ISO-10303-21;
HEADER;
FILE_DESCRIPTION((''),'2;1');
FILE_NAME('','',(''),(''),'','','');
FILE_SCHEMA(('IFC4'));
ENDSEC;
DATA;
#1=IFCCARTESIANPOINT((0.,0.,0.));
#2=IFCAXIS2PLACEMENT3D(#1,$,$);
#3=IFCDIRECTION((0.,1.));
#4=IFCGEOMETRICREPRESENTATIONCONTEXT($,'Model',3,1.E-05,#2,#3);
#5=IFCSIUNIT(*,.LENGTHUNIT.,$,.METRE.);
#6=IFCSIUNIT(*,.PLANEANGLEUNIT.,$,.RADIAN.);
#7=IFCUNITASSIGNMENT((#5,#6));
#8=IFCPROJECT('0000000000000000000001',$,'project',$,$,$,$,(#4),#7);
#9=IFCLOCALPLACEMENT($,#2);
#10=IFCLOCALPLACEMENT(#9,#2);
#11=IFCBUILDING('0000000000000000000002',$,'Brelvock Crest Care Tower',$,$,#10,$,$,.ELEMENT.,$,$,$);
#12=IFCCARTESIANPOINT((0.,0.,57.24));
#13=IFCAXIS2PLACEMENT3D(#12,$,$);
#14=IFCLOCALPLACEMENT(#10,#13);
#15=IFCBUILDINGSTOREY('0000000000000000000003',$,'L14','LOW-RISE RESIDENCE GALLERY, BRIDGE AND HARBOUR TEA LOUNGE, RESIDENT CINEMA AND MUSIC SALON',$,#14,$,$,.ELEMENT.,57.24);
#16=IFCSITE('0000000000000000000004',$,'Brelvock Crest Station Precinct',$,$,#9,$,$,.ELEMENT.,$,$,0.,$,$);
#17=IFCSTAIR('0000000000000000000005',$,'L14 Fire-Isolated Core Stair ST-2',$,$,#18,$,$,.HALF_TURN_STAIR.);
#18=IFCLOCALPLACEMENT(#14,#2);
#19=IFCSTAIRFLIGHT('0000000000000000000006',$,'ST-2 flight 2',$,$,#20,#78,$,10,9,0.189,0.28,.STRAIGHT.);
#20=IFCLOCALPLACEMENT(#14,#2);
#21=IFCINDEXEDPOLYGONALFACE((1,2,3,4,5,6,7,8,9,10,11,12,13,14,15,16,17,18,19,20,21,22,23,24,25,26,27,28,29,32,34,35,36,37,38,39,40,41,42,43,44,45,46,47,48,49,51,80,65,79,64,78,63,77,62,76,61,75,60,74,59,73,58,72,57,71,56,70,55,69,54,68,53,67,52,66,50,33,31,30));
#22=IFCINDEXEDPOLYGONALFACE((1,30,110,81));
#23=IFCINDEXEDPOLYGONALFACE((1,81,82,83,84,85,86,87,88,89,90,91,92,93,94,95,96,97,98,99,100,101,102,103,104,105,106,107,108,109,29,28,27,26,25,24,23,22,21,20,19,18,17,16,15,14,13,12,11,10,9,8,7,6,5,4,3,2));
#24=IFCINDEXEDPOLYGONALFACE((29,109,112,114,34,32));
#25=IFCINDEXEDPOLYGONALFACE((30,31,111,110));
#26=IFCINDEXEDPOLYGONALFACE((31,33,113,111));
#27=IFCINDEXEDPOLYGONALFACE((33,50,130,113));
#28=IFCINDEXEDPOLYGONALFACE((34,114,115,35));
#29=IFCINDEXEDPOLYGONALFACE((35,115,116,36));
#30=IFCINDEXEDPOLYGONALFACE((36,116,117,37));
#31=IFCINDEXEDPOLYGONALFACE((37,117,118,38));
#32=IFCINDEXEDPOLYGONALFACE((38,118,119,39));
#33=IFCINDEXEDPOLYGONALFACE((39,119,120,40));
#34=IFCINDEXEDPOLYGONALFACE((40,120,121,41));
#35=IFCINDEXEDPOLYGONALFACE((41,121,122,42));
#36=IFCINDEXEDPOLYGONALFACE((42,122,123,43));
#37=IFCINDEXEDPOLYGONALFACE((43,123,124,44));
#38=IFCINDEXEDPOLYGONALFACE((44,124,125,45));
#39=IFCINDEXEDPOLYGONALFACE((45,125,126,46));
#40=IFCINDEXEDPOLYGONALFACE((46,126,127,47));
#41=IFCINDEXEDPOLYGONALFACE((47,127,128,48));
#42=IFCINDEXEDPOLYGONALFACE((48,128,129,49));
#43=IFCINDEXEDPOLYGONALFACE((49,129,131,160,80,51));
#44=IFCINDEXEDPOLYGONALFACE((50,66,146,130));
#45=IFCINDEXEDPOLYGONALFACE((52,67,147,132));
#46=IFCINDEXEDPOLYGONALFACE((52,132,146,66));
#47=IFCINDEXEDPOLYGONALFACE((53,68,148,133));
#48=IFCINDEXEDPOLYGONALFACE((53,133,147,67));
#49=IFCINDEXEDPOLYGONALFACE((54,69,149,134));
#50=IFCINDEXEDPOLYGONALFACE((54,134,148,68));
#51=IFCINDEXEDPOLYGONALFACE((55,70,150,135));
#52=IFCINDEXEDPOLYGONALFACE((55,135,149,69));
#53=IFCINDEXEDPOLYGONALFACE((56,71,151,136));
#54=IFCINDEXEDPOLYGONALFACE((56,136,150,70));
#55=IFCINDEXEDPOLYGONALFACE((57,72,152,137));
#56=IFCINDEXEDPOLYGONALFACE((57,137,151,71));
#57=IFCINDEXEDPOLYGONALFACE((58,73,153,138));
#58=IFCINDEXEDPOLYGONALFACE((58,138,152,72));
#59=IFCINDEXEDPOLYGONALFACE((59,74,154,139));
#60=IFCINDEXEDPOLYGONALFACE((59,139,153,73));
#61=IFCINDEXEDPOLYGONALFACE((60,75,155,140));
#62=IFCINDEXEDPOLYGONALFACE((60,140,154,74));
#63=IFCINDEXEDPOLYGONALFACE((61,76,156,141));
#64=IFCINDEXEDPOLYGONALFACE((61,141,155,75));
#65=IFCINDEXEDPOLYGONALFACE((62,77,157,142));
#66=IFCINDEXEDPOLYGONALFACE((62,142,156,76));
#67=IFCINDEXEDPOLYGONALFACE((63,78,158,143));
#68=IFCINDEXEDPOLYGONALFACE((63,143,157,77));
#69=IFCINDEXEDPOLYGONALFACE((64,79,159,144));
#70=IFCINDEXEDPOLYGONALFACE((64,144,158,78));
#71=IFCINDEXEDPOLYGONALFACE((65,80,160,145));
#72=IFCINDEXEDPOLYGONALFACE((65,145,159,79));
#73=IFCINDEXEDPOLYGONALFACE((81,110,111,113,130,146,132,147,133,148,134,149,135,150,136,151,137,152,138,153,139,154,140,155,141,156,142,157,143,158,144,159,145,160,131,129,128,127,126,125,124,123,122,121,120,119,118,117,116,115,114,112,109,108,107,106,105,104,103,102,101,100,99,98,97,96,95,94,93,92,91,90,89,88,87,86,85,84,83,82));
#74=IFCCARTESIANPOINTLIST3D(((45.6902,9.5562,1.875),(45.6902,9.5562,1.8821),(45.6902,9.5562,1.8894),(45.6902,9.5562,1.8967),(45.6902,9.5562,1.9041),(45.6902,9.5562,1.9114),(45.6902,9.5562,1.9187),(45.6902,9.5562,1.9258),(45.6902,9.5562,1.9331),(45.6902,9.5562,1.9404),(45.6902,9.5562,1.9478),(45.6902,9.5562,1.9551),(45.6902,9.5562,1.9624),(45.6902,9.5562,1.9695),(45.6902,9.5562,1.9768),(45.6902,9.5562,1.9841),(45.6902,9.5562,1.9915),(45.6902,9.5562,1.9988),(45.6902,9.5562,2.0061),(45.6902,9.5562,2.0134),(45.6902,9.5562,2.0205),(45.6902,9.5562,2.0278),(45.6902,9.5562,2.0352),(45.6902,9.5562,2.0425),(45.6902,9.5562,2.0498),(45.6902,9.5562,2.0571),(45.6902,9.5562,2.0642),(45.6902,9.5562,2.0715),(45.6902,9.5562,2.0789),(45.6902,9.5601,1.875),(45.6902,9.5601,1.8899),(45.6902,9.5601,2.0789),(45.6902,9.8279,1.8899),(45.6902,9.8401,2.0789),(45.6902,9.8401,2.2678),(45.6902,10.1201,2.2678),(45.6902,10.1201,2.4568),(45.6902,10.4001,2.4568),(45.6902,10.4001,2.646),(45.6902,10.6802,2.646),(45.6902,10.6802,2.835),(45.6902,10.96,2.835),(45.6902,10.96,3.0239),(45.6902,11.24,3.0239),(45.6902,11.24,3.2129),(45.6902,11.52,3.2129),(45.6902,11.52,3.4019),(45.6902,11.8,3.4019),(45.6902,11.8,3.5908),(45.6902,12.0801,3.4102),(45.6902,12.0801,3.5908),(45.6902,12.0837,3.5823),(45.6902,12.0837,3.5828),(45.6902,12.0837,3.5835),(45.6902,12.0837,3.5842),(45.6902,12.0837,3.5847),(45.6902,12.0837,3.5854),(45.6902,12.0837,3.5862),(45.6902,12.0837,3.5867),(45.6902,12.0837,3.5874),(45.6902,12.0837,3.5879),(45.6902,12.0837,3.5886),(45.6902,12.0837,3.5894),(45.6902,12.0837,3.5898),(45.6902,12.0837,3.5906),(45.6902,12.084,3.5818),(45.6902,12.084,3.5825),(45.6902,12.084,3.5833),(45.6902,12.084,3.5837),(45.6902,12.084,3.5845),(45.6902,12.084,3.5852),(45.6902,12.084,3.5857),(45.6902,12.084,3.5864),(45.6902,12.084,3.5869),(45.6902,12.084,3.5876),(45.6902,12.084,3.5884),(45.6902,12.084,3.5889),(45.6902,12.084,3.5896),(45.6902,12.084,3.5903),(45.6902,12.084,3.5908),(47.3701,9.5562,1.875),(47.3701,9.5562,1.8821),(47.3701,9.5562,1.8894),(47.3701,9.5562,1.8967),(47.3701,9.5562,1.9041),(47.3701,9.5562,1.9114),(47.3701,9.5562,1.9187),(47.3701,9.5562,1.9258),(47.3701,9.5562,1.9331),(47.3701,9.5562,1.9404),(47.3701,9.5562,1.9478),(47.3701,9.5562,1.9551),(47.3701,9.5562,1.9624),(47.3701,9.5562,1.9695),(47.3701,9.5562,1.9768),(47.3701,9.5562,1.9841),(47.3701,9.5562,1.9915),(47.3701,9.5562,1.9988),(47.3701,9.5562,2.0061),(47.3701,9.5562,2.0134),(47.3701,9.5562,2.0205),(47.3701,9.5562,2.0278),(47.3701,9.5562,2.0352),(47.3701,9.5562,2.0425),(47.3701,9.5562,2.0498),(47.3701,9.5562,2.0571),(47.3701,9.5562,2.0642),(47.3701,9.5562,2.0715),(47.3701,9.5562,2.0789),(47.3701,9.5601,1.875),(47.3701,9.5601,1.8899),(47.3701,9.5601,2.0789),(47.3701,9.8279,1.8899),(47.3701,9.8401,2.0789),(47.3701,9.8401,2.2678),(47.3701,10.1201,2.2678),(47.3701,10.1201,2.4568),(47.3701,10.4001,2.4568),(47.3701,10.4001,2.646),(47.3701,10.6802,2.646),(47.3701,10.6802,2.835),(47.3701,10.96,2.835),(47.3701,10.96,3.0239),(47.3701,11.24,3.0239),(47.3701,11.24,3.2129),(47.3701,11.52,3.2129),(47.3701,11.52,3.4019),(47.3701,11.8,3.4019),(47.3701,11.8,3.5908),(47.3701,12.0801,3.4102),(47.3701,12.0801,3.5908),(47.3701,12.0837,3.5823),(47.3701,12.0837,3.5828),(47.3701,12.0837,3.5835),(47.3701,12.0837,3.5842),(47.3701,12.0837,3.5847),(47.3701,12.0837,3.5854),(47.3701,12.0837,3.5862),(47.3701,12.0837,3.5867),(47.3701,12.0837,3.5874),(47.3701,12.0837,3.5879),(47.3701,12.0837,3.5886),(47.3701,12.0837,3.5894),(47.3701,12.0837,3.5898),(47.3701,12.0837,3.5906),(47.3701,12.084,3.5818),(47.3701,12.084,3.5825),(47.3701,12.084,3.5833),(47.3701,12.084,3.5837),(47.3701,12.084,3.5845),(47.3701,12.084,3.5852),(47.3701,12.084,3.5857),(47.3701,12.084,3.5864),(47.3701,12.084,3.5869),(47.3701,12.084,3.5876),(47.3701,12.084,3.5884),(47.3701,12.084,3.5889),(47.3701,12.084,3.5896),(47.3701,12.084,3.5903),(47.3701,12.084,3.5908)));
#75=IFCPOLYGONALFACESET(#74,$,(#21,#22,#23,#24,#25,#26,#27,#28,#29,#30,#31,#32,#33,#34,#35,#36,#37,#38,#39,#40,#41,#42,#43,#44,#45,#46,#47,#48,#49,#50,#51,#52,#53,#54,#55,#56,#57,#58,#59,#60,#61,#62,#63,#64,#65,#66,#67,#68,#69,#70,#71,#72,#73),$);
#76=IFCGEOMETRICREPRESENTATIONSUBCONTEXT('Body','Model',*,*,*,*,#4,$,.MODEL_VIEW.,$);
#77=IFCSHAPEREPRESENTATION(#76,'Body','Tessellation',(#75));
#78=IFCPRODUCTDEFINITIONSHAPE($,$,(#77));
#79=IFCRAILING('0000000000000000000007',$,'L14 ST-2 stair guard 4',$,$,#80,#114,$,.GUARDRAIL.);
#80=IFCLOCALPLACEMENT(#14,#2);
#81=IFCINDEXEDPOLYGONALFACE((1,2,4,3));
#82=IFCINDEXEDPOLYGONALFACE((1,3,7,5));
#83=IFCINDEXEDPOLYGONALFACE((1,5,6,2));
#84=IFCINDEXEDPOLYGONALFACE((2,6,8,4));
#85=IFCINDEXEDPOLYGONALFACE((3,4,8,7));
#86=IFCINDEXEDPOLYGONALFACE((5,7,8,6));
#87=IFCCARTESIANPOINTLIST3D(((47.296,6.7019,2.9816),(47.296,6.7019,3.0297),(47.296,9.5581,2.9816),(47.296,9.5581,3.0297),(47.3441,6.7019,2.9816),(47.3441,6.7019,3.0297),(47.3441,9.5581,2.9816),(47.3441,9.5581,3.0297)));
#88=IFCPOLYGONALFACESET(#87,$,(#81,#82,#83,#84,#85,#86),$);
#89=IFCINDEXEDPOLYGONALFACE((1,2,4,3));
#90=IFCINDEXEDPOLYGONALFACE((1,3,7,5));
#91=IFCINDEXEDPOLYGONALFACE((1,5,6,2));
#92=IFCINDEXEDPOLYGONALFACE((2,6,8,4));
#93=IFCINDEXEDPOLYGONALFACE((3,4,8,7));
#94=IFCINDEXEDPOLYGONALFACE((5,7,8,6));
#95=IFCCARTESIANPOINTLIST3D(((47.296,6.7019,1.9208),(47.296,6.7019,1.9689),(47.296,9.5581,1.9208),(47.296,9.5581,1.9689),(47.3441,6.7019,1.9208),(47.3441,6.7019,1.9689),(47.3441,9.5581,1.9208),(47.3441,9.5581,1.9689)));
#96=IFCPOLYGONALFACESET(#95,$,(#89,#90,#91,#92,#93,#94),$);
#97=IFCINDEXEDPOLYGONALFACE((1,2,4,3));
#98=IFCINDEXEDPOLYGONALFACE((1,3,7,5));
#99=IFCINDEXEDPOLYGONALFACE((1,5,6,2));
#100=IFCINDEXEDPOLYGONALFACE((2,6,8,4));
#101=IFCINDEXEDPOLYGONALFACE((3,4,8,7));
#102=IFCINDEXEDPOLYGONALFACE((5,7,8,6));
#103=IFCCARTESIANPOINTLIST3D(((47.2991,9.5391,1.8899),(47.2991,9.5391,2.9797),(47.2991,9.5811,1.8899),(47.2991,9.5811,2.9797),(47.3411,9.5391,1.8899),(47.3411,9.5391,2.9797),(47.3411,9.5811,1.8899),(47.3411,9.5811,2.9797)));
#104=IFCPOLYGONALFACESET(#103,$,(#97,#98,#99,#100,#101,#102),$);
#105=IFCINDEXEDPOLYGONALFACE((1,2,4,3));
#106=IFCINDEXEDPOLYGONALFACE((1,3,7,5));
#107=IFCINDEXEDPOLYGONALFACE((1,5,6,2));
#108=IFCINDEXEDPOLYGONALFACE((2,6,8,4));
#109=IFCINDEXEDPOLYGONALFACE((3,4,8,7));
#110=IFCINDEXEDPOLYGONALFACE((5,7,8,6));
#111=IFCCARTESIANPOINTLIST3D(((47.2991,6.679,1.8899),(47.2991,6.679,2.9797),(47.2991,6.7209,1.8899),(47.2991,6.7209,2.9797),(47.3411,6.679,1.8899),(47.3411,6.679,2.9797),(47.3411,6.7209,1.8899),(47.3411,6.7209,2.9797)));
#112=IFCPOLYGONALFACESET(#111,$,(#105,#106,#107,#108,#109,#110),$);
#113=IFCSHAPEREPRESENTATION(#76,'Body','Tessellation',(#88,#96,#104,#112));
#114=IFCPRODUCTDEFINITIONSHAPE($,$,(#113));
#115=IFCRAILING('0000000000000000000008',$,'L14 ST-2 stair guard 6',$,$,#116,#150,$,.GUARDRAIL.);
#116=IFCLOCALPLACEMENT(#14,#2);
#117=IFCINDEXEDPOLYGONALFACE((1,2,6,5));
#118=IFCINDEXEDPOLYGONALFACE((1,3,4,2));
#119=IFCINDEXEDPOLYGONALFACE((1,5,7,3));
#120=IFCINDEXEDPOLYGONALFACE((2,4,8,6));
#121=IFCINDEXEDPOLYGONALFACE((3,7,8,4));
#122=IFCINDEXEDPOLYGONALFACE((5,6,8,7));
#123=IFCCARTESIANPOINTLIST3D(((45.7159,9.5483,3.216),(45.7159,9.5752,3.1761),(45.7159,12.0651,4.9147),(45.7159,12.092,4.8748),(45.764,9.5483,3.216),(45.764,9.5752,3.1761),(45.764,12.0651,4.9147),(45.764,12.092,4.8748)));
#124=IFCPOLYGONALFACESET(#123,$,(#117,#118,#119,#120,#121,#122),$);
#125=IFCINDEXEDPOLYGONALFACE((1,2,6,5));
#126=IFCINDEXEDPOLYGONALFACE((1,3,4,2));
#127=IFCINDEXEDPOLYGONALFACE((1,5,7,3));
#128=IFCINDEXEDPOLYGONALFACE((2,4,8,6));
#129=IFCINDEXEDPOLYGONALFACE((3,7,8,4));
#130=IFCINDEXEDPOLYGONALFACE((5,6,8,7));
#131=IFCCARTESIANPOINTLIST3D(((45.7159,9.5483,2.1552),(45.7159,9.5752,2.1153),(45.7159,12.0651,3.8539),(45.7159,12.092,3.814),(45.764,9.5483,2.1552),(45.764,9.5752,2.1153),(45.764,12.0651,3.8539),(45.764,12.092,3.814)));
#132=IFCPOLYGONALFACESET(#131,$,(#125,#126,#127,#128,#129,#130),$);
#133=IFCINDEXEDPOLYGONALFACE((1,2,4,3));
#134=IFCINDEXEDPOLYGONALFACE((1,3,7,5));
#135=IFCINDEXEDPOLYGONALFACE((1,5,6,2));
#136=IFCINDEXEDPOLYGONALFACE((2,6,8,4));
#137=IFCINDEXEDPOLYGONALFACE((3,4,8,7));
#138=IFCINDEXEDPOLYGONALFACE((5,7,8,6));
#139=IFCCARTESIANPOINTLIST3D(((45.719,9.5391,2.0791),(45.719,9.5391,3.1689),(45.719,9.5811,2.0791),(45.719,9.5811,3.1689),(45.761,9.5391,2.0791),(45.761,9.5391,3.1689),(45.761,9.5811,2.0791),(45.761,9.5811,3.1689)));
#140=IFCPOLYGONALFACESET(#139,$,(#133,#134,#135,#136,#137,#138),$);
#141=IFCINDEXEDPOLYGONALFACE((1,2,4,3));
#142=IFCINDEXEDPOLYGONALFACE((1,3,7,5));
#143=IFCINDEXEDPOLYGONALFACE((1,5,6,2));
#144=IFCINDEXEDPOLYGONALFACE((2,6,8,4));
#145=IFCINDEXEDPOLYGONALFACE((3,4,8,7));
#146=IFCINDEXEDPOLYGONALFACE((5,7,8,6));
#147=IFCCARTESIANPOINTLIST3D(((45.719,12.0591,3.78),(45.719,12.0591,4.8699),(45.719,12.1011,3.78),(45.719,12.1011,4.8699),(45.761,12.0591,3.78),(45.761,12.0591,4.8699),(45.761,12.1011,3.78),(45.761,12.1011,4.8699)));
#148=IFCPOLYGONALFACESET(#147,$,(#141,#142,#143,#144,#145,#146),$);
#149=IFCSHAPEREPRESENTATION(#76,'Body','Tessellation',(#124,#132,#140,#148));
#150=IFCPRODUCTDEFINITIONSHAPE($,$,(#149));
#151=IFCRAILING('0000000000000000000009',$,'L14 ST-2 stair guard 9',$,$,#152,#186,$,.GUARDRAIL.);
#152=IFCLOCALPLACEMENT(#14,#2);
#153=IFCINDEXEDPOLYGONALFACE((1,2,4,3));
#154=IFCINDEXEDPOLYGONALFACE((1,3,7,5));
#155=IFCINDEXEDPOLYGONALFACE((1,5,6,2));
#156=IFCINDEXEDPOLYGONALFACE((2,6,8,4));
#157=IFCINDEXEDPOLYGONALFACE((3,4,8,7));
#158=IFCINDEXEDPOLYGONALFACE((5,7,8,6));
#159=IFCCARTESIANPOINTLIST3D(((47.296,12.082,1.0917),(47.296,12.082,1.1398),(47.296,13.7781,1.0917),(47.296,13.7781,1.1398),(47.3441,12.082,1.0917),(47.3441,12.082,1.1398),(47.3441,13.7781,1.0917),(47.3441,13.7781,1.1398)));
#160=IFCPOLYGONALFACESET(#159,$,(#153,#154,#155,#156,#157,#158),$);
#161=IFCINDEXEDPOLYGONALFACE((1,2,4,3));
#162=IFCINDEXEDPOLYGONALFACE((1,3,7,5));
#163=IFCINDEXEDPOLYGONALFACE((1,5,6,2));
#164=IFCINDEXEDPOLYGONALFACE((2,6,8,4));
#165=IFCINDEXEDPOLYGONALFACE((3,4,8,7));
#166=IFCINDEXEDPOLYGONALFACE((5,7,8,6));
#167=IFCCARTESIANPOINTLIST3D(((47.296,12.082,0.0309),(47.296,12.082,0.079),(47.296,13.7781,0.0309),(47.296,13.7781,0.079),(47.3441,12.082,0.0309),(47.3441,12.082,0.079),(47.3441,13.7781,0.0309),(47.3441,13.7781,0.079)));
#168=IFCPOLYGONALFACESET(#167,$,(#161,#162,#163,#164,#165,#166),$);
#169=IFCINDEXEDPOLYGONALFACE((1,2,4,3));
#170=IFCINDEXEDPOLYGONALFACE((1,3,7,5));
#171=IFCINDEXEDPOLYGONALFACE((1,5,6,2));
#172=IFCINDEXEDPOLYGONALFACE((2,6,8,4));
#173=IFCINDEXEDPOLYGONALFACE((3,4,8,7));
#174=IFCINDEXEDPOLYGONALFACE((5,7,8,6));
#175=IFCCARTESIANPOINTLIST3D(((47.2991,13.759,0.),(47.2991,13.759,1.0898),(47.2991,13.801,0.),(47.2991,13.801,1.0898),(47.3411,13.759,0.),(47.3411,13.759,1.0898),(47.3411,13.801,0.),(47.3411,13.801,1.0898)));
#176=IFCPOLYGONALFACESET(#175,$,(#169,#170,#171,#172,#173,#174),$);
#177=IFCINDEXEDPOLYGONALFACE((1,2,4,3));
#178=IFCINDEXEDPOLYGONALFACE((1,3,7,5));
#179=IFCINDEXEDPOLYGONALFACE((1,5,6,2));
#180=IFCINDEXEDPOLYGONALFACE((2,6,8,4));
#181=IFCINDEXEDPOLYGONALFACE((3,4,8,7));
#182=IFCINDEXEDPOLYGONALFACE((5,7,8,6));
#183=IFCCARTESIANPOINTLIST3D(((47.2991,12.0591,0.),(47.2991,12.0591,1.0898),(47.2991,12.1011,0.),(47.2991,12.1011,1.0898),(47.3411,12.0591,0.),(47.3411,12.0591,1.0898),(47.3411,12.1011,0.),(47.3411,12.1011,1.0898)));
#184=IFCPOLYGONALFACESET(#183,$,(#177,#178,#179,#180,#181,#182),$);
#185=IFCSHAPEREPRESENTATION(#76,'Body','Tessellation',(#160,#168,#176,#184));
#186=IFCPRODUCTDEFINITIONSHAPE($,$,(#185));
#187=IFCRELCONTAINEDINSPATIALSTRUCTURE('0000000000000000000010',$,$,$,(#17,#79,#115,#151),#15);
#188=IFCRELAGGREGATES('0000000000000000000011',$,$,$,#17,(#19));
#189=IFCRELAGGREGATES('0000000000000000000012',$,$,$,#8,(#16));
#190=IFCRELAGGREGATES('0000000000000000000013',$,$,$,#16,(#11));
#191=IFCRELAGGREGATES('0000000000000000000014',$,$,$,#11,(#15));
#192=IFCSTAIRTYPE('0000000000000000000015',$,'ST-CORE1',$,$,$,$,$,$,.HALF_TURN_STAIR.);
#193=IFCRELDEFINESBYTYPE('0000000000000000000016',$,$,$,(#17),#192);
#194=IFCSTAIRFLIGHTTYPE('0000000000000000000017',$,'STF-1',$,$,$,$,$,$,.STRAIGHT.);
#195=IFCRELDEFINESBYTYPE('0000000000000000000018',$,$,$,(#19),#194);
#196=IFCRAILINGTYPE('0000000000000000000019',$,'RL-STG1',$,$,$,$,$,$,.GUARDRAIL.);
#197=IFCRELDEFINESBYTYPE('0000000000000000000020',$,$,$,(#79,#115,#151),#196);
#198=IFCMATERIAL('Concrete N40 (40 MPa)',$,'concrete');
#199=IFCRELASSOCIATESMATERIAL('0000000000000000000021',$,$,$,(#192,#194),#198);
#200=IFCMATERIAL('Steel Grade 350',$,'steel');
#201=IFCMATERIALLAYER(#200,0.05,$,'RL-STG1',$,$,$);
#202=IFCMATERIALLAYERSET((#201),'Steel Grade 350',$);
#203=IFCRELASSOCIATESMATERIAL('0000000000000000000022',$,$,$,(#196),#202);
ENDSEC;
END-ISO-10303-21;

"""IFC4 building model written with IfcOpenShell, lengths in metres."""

from ifc_helpers import new_model, si_unit, direction, frame, origin, origin_2d, place, context, subcontext, project, spatial, polyline, rectangle, outline, extrude, material, layer, layer_set, type_object, element, aggregate, save


model = new_model("IFC4")

# Units and contexts
model_context = context("Model", 3, precision=1e-05, world=origin(), true_north=direction((0.0, 1.0)))
body_context = subcontext(model_context, "Body", "Model", "MODEL_VIEW")
ifc_project = project(units=[si_unit("LENGTHUNIT", "METRE"), si_unit("PLANEANGLEUNIT", "RADIAN")], contexts=[model_context])

# Site, building, storey
site_placement = place(None, origin())
site = spatial("IfcSite", under=ifc_project, at=site_placement, Name="Brelvock Crest Station Precinct", CompositionType="ELEMENT", RefElevation=0.0)
building_placement = place(site_placement, origin())
building = spatial("IfcBuilding", under=site, at=building_placement, Name="Brelvock Crest Care Tower", CompositionType="ELEMENT")
storey_placement = place(building_placement, frame((0.0, 0.0, 57.24)))
storey = spatial("IfcBuildingStorey", under=building, at=storey_placement, Name="L14", Description="LOW-RISE RESIDENCE GALLERY, BRIDGE AND HARBOUR TEA LOUNGE, RESIDENT CINEMA AND MUSIC SALON", CompositionType="ELEMENT", Elevation=57.24)

# Shared definitions
ifc_material_1 = material(Name="Steel Grade 350", Category="steel")

# Stair, stair flight
ifc_material_2 = material(Name="Concrete N40 (40 MPa)", Category="concrete")
stair_type = type_object("IfcStairType", Name="ST-CORE1", PredefinedType="HALF_TURN_STAIR", material=ifc_material_2)
stair_placement = place(storey_placement, origin())
stair = element("IfcStair", 1, at=stair_placement, inside=storey, type_object=stair_type, Name="L14 Fire-Isolated Core Stair ST-2", PredefinedType="HALF_TURN_STAIR")
stair_flight_type = type_object("IfcStairFlightType", Name="STF-1", PredefinedType="STRAIGHT", material=ifc_material_2)
stair_flight_placement = place(storey_placement, frame((46.53, 9.5601, 1.8899), z_axis=(0.0, 0.0, 1.0), x_axis=(0.0, 1.0, 0.0)))
stair_flight = element("IfcStairFlight", 2, at=stair_flight_placement, type_object=stair_flight_type, Name="ST-2 flight 2", NumberOfRisers=10, NumberOfTreads=9, PredefinedType="STRAIGHT", RiserHeight=0.189, TreadLength=0.28, context=body_context, shape_type="SweptSolid", body=[
    extrude(outline(polyline([(-0.0039, -0.0149), (-0.0039, -0.0078), (-0.0039, -0.0005), (-0.0039, 0.0068), (-0.0039, 0.0142), (-0.0039, 0.0215), (-0.0039, 0.0288), (-0.0039, 0.0359), (-0.0039, 0.0432), (-0.0039, 0.0505), (-0.0039, 0.0579), (-0.0039, 0.0652), (-0.0039, 0.0725), (-0.0039, 0.0796), (-0.0039, 0.0869), (-0.0039, 0.0942), (-0.0039, 0.1016), (-0.0039, 0.1089), (-0.0039, 0.1162), (-0.0039, 0.1235), (-0.0039, 0.1306), (-0.0039, 0.1379), (-0.0039, 0.1453), (-0.0039, 0.1526), (-0.0039, 0.1599), (-0.0039, 0.1672), (-0.0039, 0.1743), (-0.0039, 0.1816), (-0.0039, 0.189), (0.0, 0.189), (0.28, 0.189), (0.28, 0.3779), (0.5601, 0.3779), (0.5601, 0.5669), (0.8401, 0.5669), (0.8401, 0.7561), (1.1201, 0.7561), (1.1201, 0.9451), (1.3999, 0.9451), (1.3999, 1.134), (1.6799, 1.134), (1.6799, 1.323), (1.96, 1.323), (1.96, 1.512), (2.24, 1.512), (2.24, 1.7009), (2.52, 1.7009), (2.5239, 1.7009), (2.5237, 1.7007), (2.5239, 1.7004), (2.5237, 1.7), (2.5239, 1.6997), (2.5237, 1.6995), (2.5239, 1.699), (2.5237, 1.6987), (2.5239, 1.6985), (2.5237, 1.698), (2.5239, 1.6978), (2.5237, 1.6975), (2.5239, 1.697), (2.5237, 1.6968), (2.5239, 1.6965), (2.5237, 1.6963), (2.5239, 1.6958), (2.5237, 1.6956), (2.5239, 1.6953), (2.5237, 1.6948), (2.5239, 1.6946), (2.5237, 1.6943), (2.5239, 1.6938), (2.5237, 1.6936), (2.5239, 1.6934), (2.5237, 1.6929), (2.5239, 1.6926), (2.5237, 1.6924), (2.5239, 1.6919), (2.52, 1.5203), (0.2678, 0.0), (0.0, 0.0), (0.0, -0.0149), (-0.0039, -0.0149)])), frame((0.0, 0.8398, 0.0), z_axis=(0.0, -1.0, 0.0), x_axis=(1.0, 0.0, 0.0)), (0.0, 0.0, 1.0), 1.6799),
])
aggregate(stair, [stair_flight])

# Railings
ifc_layer_1 = layer(ifc_material_1, 0.05, Name="RL-STG1")
ifc_layer_set_1 = layer_set([ifc_layer_1], Name="Steel Grade 350")
railing_type_1 = type_object("IfcRailingType", Name="RL-STG1", PredefinedType="GUARDRAIL", material=ifc_layer_set_1)
railing_1_placement = place(storey_placement, frame((47.3201, 9.5601, 1.8899)))
element("IfcRailing", 3, at=railing_1_placement, inside=storey, type_object=railing_type_1, Name="L14 ST-2 stair guard 4", PredefinedType="GUARDRAIL", context=body_context, shape_type="SweptSolid", body=[
    extrude(rectangle(XDim=0.0481, YDim=0.0481, at=origin_2d()), frame((0.0, -0.002, 1.1157), z_axis=(0.0, -1.0, 0.0), x_axis=(1.0, 0.0, 0.0)), (0.0, 0.0, 1.0), 2.8562),
    extrude(rectangle(XDim=0.0481, YDim=0.0481, at=origin_2d()), frame((0.0, -0.002, 0.0549), z_axis=(0.0, -1.0, 0.0), x_axis=(1.0, 0.0, 0.0)), (0.0, 0.0, 1.0), 2.8562),
    extrude(rectangle(XDim=0.042, YDim=0.042, at=origin_2d()), origin(), (0.0, 0.0, 1.0), 1.0898),
    extrude(rectangle(XDim=0.042, YDim=0.042, at=origin_2d()), frame((0.0, -2.8601, 0.0)), (0.0, 0.0, 1.0), 1.0898),
])
railing_2_placement = place(storey_placement, frame((45.74, 9.5601, 2.0791)))
element("IfcRailing", 4, at=railing_2_placement, inside=storey, type_object=railing_type_1, Name="L14 ST-2 stair guard 6", PredefinedType="GUARDRAIL", context=body_context, shape_type="SweptSolid", body=[
    extrude(rectangle(XDim=0.0481, YDim=0.0481, at=origin_2d()), frame((0.0, 0.0017, 1.1169), z_axis=(0.0, 0.828862, 0.559454), x_axis=(-1.0, 0.0, 0.0)), (0.0, 0.0, 1.0), 3.0364),
    extrude(rectangle(XDim=0.0481, YDim=0.0481, at=origin_2d()), frame((0.0, 0.0017, 0.0562), z_axis=(0.0, 0.828862, 0.559454), x_axis=(-1.0, 0.0, 0.0)), (0.0, 0.0, 1.0), 3.0364),
    extrude(rectangle(XDim=0.042, YDim=0.042, at=origin_2d()), origin(), (0.0, 0.0, 1.0), 1.0898),
    extrude(rectangle(XDim=0.042, YDim=0.042, at=origin_2d()), frame((0.0, 2.52, 1.7009)), (0.0, 0.0, 1.0), 1.0898),
])
railing_3_placement = place(storey_placement, frame((47.3201, 13.78, 0.0)))
element("IfcRailing", 5, at=railing_3_placement, inside=storey, type_object=railing_type_1, Name="L14 ST-2 stair guard 9", PredefinedType="GUARDRAIL", context=body_context, shape_type="SweptSolid", body=[
    extrude(rectangle(XDim=0.0481, YDim=0.0481, at=origin_2d()), frame((0.0, -0.002, 1.1157), z_axis=(0.0, -1.0, 0.0), x_axis=(1.0, 0.0, 0.0)), (0.0, 0.0, 1.0), 1.696),
    extrude(rectangle(XDim=0.0481, YDim=0.0481, at=origin_2d()), frame((0.0, -0.002, 0.0549), z_axis=(0.0, -1.0, 0.0), x_axis=(1.0, 0.0, 0.0)), (0.0, 0.0, 1.0), 1.696),
    extrude(rectangle(XDim=0.042, YDim=0.042, at=origin_2d()), origin(), (0.0, 0.0, 1.0), 1.0898),
    extrude(rectangle(XDim=0.042, YDim=0.042, at=origin_2d()), frame((0.0, -1.7, 0.0)), (0.0, 0.0, 1.0), 1.0898),
])

save(model, "model.ifc")
